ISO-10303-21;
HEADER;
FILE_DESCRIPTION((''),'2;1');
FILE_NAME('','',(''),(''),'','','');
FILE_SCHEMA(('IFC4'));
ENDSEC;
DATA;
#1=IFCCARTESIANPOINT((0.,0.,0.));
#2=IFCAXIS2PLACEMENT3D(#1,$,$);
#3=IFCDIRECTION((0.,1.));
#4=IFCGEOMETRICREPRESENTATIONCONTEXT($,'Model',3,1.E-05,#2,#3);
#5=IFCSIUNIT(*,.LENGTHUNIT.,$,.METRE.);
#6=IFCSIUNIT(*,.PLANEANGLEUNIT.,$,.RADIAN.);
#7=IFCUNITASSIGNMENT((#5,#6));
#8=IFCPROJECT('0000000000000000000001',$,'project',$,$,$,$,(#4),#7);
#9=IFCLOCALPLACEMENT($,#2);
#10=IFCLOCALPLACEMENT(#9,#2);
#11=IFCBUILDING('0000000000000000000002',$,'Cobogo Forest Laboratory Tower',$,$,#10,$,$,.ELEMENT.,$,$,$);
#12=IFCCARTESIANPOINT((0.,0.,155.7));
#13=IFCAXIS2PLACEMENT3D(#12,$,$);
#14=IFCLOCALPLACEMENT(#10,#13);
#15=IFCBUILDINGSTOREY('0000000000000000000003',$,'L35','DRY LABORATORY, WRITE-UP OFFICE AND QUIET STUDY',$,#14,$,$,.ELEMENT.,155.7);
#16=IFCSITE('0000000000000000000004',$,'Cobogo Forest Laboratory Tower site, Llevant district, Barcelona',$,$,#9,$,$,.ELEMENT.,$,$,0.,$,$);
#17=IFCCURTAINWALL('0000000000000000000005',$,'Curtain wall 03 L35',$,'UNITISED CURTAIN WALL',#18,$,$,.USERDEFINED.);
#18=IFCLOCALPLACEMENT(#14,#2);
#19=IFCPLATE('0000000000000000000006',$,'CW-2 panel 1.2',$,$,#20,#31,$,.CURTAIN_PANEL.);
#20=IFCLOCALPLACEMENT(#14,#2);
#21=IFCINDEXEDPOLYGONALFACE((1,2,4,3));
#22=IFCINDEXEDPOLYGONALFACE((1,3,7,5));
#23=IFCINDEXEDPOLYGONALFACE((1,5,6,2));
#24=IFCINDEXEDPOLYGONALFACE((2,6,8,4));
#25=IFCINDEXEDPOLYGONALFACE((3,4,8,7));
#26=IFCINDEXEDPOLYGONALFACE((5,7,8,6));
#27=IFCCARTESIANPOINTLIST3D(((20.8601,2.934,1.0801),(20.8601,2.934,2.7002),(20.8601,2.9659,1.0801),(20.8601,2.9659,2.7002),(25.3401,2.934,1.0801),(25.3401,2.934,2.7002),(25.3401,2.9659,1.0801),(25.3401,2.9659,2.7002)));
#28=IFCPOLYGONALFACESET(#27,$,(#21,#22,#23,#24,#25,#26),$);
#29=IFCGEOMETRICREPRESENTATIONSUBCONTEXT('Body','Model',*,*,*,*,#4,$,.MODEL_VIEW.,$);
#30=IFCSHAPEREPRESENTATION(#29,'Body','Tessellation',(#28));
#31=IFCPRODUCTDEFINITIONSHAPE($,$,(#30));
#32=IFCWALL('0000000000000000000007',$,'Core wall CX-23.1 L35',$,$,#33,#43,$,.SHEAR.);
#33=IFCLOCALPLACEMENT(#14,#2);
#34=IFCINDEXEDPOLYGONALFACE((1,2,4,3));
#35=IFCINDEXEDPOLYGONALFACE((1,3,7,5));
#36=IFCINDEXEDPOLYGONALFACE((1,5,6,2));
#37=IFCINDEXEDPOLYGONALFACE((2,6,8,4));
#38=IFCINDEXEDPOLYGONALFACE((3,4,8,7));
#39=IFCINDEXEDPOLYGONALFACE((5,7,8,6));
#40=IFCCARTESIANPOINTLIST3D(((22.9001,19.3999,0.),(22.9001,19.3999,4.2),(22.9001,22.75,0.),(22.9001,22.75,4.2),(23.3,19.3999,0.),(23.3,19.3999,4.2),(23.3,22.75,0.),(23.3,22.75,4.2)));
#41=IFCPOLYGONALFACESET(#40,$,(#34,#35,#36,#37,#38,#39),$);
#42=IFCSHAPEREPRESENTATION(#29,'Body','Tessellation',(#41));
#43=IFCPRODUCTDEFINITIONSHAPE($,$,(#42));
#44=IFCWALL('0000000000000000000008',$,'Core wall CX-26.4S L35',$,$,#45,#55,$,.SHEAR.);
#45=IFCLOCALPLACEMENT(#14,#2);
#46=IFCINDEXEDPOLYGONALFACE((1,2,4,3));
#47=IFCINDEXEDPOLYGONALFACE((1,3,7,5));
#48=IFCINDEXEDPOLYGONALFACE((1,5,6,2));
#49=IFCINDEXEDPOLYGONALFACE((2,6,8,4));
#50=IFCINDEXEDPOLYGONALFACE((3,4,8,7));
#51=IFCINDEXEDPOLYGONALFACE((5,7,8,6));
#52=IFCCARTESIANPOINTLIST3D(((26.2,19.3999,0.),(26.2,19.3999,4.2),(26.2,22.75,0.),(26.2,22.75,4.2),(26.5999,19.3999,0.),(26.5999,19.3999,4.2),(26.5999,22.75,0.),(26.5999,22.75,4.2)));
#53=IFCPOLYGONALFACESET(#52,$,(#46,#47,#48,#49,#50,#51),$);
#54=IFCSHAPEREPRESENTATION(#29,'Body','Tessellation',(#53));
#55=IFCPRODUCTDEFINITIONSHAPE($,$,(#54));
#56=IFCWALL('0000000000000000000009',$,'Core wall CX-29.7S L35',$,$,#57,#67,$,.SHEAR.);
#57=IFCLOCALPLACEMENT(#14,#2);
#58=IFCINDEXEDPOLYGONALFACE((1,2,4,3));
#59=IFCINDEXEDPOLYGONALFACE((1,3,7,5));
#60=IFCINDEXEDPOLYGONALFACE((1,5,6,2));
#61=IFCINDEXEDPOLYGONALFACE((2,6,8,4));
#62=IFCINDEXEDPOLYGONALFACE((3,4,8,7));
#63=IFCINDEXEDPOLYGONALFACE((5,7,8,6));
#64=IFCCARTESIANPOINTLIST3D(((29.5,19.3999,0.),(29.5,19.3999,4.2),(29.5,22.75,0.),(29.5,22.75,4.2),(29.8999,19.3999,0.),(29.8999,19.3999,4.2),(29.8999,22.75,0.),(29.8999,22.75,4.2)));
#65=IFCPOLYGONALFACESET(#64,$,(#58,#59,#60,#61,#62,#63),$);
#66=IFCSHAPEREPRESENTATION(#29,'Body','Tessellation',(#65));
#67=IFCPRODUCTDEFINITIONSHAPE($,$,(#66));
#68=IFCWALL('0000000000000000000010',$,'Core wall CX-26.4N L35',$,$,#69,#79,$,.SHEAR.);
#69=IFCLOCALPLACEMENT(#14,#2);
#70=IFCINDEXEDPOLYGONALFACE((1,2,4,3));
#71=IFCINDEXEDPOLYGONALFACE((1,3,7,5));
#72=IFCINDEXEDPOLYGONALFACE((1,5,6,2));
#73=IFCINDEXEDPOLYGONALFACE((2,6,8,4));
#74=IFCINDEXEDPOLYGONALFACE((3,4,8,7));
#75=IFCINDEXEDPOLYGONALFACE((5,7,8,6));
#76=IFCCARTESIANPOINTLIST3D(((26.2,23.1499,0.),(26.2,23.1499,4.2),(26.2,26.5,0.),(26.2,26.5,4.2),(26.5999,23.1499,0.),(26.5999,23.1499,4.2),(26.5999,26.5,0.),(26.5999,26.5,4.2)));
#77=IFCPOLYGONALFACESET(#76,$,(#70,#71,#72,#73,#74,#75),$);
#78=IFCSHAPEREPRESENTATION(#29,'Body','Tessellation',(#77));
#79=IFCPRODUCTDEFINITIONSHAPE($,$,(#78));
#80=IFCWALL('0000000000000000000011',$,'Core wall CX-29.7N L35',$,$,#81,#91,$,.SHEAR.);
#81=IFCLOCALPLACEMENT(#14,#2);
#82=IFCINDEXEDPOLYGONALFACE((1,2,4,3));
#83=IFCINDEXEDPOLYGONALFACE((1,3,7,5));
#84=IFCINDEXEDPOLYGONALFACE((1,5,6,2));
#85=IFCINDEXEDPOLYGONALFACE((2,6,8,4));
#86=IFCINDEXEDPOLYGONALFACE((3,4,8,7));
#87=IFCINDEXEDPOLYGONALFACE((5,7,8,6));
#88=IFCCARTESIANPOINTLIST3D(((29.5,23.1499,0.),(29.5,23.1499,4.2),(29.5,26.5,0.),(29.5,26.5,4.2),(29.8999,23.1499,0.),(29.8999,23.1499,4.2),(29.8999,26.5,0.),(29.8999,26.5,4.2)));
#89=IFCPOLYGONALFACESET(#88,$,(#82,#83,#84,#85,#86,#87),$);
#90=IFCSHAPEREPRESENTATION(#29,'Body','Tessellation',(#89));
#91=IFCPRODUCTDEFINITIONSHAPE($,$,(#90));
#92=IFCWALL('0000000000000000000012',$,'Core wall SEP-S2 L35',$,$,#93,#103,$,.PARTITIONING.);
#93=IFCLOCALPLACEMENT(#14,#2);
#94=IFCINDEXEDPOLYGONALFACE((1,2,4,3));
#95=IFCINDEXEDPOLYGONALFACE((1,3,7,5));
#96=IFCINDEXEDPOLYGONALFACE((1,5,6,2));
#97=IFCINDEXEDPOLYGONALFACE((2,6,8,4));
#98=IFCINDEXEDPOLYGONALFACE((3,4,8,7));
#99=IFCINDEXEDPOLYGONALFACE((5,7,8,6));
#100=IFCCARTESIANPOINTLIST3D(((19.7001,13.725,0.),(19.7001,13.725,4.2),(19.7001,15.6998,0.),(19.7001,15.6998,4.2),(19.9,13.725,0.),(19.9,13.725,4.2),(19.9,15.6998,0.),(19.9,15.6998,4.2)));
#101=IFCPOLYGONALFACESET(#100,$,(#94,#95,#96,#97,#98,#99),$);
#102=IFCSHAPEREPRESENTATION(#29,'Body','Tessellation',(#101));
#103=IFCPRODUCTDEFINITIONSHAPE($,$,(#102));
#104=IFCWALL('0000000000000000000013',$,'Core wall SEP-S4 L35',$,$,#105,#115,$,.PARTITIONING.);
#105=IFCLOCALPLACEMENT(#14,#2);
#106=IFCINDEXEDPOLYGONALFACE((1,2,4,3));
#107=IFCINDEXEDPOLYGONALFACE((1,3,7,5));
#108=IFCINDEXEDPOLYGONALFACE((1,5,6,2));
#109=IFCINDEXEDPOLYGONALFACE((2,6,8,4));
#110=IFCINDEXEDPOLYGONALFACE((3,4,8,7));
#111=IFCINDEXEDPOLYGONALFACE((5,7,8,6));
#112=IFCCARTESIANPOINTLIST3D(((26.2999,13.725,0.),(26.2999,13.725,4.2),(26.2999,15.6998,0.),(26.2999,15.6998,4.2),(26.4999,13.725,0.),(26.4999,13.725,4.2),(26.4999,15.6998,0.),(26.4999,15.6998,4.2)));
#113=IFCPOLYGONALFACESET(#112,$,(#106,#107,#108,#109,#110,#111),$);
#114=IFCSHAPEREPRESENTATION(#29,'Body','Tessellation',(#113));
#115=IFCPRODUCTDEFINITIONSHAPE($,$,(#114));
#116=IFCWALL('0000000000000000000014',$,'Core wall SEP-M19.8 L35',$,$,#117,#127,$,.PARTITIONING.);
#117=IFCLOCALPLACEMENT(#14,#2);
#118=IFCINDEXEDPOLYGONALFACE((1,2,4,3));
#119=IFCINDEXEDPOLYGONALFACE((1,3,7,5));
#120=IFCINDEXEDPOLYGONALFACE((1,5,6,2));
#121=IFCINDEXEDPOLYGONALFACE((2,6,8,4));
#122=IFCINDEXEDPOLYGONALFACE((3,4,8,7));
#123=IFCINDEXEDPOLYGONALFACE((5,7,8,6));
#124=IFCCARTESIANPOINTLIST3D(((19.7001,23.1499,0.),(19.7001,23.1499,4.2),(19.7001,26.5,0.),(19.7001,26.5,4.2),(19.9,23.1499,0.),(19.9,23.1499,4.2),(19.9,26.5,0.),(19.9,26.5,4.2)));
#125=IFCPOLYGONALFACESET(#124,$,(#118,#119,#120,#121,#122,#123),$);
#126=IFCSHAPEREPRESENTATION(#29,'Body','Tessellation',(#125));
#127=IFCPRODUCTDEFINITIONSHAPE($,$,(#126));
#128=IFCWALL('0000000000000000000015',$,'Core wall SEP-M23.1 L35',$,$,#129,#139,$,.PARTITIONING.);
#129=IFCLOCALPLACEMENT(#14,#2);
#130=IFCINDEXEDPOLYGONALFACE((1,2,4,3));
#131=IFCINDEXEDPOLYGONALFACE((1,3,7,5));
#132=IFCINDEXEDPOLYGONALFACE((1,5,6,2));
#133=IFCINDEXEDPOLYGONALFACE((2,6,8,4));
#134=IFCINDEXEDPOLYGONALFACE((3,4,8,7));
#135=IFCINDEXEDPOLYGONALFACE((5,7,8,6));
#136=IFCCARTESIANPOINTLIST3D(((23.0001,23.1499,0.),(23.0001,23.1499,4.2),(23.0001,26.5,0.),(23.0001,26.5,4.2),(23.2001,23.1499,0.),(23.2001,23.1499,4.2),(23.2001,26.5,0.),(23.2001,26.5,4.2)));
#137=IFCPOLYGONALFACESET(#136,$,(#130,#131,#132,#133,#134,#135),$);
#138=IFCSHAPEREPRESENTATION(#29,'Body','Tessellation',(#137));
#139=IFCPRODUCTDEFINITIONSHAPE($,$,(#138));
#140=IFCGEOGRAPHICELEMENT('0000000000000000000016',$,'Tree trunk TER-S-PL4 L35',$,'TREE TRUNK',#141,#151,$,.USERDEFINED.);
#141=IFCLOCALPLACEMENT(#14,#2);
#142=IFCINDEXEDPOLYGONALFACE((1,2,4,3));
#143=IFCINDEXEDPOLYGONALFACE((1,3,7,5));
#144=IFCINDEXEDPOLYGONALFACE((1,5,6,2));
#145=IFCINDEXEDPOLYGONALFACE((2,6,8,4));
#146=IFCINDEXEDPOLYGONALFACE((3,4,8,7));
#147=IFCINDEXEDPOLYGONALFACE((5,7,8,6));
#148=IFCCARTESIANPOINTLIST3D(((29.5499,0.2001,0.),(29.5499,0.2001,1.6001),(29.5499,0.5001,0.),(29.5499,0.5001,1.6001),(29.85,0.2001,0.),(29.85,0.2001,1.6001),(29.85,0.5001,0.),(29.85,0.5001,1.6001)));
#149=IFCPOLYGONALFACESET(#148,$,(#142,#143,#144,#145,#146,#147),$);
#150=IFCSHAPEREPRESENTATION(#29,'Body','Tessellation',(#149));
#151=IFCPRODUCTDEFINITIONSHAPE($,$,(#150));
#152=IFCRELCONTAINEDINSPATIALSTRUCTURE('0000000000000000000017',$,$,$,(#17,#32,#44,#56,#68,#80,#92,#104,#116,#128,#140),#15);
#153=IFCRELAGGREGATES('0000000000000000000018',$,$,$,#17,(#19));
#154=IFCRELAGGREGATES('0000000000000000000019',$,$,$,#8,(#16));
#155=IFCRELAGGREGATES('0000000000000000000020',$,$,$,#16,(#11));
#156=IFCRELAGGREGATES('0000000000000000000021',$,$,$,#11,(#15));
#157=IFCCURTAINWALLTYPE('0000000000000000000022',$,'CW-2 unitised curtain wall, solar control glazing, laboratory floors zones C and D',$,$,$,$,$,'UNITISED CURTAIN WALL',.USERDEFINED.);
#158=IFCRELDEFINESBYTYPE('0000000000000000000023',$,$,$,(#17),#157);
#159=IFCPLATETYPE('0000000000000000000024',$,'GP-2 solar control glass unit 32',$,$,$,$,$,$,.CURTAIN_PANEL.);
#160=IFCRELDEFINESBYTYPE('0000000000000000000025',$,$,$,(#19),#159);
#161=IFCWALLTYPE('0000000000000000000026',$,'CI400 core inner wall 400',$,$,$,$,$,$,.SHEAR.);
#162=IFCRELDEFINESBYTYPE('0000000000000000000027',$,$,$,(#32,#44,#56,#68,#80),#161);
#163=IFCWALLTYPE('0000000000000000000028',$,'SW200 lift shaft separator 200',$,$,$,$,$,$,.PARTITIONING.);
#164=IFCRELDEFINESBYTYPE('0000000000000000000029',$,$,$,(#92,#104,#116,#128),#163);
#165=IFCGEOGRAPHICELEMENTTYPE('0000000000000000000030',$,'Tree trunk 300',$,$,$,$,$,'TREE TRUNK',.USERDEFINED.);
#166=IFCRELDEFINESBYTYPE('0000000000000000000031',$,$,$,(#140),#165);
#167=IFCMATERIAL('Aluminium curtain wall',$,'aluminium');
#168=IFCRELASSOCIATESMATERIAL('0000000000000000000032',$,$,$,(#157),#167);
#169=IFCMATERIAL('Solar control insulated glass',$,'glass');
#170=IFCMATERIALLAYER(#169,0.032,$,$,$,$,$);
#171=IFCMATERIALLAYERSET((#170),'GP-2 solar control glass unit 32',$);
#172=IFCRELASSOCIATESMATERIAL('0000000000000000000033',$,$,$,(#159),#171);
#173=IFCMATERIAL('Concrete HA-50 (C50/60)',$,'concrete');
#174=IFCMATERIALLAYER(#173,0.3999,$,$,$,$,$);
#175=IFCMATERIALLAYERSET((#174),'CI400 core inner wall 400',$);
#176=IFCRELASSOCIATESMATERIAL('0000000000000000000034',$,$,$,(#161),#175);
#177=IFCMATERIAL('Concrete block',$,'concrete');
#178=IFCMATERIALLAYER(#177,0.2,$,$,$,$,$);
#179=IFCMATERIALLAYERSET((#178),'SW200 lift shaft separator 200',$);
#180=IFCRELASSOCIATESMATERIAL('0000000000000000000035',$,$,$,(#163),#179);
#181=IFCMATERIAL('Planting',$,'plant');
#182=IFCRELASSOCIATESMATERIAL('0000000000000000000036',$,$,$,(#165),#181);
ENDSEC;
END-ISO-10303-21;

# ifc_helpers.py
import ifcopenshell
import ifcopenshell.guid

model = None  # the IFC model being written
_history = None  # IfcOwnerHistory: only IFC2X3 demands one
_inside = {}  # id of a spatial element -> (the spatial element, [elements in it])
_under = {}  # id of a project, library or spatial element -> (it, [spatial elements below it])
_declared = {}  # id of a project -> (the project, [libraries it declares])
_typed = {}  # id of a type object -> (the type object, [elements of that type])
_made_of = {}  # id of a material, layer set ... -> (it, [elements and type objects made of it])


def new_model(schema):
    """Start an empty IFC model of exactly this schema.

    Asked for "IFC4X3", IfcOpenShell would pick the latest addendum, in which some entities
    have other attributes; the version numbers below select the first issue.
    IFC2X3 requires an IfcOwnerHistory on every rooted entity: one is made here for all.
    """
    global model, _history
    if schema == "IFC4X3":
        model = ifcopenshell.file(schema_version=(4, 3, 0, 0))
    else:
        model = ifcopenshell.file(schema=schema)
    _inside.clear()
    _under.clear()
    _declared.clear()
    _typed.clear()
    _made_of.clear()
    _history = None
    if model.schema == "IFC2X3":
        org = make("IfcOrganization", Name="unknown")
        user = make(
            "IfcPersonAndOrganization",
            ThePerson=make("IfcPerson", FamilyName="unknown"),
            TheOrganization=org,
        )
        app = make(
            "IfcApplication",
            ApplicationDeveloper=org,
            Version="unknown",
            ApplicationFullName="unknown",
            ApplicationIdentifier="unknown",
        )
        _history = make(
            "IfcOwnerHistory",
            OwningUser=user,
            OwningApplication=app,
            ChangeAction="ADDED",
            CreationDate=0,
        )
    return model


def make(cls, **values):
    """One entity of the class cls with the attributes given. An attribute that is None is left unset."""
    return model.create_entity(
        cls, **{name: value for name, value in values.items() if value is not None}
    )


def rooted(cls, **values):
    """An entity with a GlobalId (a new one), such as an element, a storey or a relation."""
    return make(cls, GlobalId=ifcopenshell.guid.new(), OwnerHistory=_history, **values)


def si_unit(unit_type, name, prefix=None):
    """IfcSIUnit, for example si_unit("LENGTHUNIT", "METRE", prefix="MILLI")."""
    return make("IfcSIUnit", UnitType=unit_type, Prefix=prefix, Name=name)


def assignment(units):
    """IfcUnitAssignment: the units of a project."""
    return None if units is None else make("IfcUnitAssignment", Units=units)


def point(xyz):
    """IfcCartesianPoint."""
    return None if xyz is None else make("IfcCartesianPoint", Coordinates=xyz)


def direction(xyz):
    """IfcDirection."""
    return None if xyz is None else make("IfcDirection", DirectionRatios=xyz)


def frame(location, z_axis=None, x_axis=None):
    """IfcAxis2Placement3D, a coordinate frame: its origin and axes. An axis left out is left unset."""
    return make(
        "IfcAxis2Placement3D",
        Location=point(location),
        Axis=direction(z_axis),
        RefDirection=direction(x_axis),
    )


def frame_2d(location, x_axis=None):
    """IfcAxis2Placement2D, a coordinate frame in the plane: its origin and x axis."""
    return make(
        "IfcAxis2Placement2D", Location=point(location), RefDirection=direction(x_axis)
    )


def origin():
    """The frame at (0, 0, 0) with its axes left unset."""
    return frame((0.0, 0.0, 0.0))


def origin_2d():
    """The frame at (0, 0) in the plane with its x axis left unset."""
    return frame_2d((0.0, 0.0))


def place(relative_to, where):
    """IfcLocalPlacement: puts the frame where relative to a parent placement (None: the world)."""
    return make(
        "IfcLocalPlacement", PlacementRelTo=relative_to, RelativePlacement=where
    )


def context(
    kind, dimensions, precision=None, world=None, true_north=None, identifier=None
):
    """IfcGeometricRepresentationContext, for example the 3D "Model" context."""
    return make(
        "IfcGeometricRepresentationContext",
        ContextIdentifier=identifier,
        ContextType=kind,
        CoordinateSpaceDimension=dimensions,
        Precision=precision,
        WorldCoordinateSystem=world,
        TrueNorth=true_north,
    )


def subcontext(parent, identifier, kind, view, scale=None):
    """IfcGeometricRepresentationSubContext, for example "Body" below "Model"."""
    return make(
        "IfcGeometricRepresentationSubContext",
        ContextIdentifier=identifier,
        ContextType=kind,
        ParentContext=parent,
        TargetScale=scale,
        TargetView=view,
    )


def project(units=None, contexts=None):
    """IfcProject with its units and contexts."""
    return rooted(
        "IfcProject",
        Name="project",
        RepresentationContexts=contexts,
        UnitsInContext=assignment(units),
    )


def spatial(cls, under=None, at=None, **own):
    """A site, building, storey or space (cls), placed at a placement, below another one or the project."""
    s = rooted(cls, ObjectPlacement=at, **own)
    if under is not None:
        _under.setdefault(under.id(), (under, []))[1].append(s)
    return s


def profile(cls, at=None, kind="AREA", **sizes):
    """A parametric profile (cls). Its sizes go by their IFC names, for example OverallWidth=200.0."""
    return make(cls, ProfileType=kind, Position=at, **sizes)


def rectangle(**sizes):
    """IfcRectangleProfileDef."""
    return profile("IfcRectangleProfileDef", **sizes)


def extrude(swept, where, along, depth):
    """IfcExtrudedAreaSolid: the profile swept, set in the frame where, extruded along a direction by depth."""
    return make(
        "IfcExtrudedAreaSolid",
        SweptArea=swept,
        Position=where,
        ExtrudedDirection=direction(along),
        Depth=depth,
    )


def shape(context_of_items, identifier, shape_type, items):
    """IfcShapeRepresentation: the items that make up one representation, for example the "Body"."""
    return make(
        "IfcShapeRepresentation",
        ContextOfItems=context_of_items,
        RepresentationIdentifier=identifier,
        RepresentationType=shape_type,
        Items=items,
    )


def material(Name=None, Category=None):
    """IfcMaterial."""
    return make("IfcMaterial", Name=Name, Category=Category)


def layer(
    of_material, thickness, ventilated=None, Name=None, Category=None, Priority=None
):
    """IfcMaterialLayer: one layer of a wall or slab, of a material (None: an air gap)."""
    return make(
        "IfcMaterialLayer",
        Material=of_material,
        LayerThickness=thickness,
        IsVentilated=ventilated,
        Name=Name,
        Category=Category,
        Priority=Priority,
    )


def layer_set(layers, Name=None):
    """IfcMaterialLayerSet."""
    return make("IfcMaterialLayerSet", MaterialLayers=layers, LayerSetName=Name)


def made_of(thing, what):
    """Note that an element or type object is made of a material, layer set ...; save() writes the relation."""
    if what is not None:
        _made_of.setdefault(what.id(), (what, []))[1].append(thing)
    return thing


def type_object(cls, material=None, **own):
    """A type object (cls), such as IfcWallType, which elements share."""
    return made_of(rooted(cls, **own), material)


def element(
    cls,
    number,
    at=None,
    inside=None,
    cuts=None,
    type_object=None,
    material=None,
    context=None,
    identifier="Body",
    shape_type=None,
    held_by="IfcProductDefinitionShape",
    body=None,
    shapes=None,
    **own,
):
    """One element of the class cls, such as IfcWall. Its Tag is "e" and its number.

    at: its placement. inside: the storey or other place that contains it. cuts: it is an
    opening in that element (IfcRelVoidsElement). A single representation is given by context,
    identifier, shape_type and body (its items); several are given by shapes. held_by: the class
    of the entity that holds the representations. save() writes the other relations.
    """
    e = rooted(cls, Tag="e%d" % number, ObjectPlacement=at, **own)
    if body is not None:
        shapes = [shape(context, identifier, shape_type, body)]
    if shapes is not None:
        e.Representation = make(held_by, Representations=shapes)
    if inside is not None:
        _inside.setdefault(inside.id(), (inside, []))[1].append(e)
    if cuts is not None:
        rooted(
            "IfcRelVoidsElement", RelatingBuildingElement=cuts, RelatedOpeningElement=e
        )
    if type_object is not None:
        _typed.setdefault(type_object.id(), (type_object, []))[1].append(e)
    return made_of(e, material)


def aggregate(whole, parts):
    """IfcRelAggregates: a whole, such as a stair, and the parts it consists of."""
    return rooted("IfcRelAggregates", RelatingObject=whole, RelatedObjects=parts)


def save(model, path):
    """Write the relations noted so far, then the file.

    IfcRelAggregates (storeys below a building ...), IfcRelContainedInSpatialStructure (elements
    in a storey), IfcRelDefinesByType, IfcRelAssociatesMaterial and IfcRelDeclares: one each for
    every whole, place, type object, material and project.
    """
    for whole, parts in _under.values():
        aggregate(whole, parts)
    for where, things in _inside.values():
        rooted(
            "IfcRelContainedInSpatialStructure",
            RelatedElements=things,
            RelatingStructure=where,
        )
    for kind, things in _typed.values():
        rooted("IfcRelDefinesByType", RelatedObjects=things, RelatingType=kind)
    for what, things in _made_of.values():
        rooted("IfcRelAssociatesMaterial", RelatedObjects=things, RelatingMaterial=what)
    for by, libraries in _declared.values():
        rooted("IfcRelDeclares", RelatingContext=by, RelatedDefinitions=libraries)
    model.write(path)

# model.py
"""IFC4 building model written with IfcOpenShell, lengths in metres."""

from ifc_helpers import new_model, si_unit, direction, frame, frame_2d, origin, origin_2d, place, context, subcontext, project, spatial, rectangle, extrude, material, layer, layer_set, type_object, element, aggregate, save


model = new_model("IFC4")

# Units and contexts
model_context = context("Model", 3, precision=1e-05, world=origin(), true_north=direction((0.0, 1.0)))
body_context = subcontext(model_context, "Body", "Model", "MODEL_VIEW")
ifc_project = project(units=[si_unit("LENGTHUNIT", "METRE"), si_unit("PLANEANGLEUNIT", "RADIAN")], contexts=[model_context])

# Site, building, storey
site_placement = place(None, origin())
site = spatial("IfcSite", under=ifc_project, at=site_placement, Name="Cobogo Forest Laboratory Tower site, Llevant district, Barcelona", CompositionType="ELEMENT", RefElevation=0.0)
building_placement = place(site_placement, origin())
building = spatial("IfcBuilding", under=site, at=building_placement, Name="Cobogo Forest Laboratory Tower", CompositionType="ELEMENT")
storey_placement = place(building_placement, frame((0.0, 0.0, 155.7)))
storey = spatial("IfcBuildingStorey", under=building, at=storey_placement, Name="L35", Description="DRY LABORATORY, WRITE-UP OFFICE AND QUIET STUDY", CompositionType="ELEMENT", Elevation=155.7)

# Shared definitions
ifc_material_1 = material(Name="Concrete HA-50 (C50/60)", Category="concrete")

# Curtain wall
ifc_material_2 = material(Name="Aluminium curtain wall", Category="aluminium")
curtain_wall_type = type_object("IfcCurtainWallType", Name="CW-2 unitised curtain wall, solar control glazing, laboratory floors zones C and D", ElementType="UNITISED CURTAIN WALL", PredefinedType="USERDEFINED", material=ifc_material_2)
curtain_wall_placement = place(storey_placement, origin())
curtain_wall = element("IfcCurtainWall", 1, at=curtain_wall_placement, inside=storey, type_object=curtain_wall_type, Name="Curtain wall 03 L35", ObjectType="UNITISED CURTAIN WALL", PredefinedType="USERDEFINED")

# Plate
ifc_material_3 = material(Name="Solar control insulated glass", Category="glass")
ifc_layer_1 = layer(ifc_material_3, 0.032)
ifc_layer_set_1 = layer_set([ifc_layer_1], Name="GP-2 solar control glass unit 32")
plate_type_1 = type_object("IfcPlateType", Name="GP-2 solar control glass unit 32", PredefinedType="CURTAIN_PANEL", material=ifc_layer_set_1)
plate_1_placement = place(storey_placement, frame((23.1001, 2.95, 1.0801), z_axis=(0.0, 0.0, 1.0), x_axis=(1.0, 0.0, 0.0)))
plate_1 = element("IfcPlate", 2, at=plate_1_placement, type_object=plate_type_1, Name="CW-2 panel 1.2", PredefinedType="CURTAIN_PANEL", context=body_context, shape_type="SweptSolid", body=[
    extrude(rectangle(XDim=4.48, YDim=0.032, at=origin_2d()), origin(), (0.0, 0.0, 1.0), 1.6201),
])
aggregate(curtain_wall, [plate_1])

# Walls
ifc_layer_2 = layer(ifc_material_1, 0.3999)
ifc_layer_set_2 = layer_set([ifc_layer_2], Name="CI400 core inner wall 400")
wall_type_1 = type_object("IfcWallType", Name="CI400 core inner wall 400", PredefinedType="SHEAR", material=ifc_layer_set_2)
for number, where, z_axis, x_axis, name in (
    (3, (23.1001, 19.3999, 0.0), (0.0, 0.0, 1.0), (0.0, 1.0, 0.0), "Core wall CX-23.1 L35"),
    (4, (26.3999, 19.3999, 0.0), (0.0, 0.0, 1.0), (0.0, 1.0, 0.0), "Core wall CX-26.4S L35"),
    (5, (29.7, 19.3999, 0.0), (0.0, 0.0, 1.0), (0.0, 1.0, 0.0), "Core wall CX-29.7S L35"),
    (6, (26.3999, 23.1499, 0.0), (0.0, 0.0, 1.0), (0.0, 1.0, 0.0), "Core wall CX-26.4N L35"),
    (7, (29.7, 23.1499, 0.0), (0.0, 0.0, 1.0), (0.0, 1.0, 0.0), "Core wall CX-29.7N L35"),
):
    element("IfcWall", number, at=place(storey_placement, frame(where, z_axis=z_axis, x_axis=x_axis)), inside=storey, type_object=wall_type_1, Name=name, PredefinedType="SHEAR", context=body_context, shape_type="SweptSolid", body=[
        extrude(rectangle(XDim=3.3501, YDim=0.3999, at=frame_2d((1.675, 0.0))), origin(), (0.0, 0.0, 1.0), 4.2),
    ])

# Walls
ifc_material_4 = material(Name="Concrete block", Category="concrete")
ifc_layer_3 = layer(ifc_material_4, 0.2)
ifc_layer_set_3 = layer_set([ifc_layer_3], Name="SW200 lift shaft separator 200")
wall_type_2 = type_object("IfcWallType", Name="SW200 lift shaft separator 200", PredefinedType="PARTITIONING", material=ifc_layer_set_3)
for number, where, z_axis, x_axis, name in (
    (8, (19.8, 13.7251, 0.0), (0.0, 0.0, 1.0), (0.0, 1.0, 0.0), "Core wall SEP-S2 L35"),
    (9, (26.3999, 13.7251, 0.0), (0.0, 0.0, 1.0), (0.0, 1.0, 0.0), "Core wall SEP-S4 L35"),
):
    element("IfcWall", number, at=place(storey_placement, frame(where, z_axis=z_axis, x_axis=x_axis)), inside=storey, type_object=wall_type_2, Name=name, PredefinedType="PARTITIONING", context=body_context, shape_type="SweptSolid", body=[
        extrude(rectangle(XDim=1.9749, YDim=0.2, at=frame_2d((0.9873, 0.0))), origin(), (0.0, 0.0, 1.0), 4.2),
    ])
for number, where, z_axis, x_axis, name in (
    (10, (19.8, 23.1499, 0.0), (0.0, 0.0, 1.0), (0.0, 1.0, 0.0), "Core wall SEP-M19.8 L35"),
    (11, (23.1001, 23.1499, 0.0), (0.0, 0.0, 1.0), (0.0, 1.0, 0.0), "Core wall SEP-M23.1 L35"),
):
    element("IfcWall", number, at=place(storey_placement, frame(where, z_axis=z_axis, x_axis=x_axis)), inside=storey, type_object=wall_type_2, Name=name, PredefinedType="PARTITIONING", context=body_context, shape_type="SweptSolid", body=[
        extrude(rectangle(XDim=3.3501, YDim=0.2, at=frame_2d((1.675, 0.0))), origin(), (0.0, 0.0, 1.0), 4.2),
    ])

# Geographic element
ifc_material_5 = material(Name="Planting", Category="plant")
geographic_element_type = type_object("IfcGeographicElementType", Name="Tree trunk 300", ElementType="TREE TRUNK", PredefinedType="USERDEFINED", material=ifc_material_5)
geographic_element_placement = place(storey_placement, frame((29.7, 0.3501, 0.0), z_axis=(0.0, 0.0, 1.0), x_axis=(1.0, 0.0, 0.0)))
element("IfcGeographicElement", 12, at=geographic_element_placement, inside=storey, type_object=geographic_element_type, Name="Tree trunk TER-S-PL4 L35", ObjectType="TREE TRUNK", PredefinedType="USERDEFINED", context=body_context, shape_type="SweptSolid", body=[
    extrude(rectangle(XDim=0.3, YDim=0.3, at=origin_2d()), origin(), (0.0, 0.0, 1.0), 1.6001),
])

save(model, "model.ifc")
